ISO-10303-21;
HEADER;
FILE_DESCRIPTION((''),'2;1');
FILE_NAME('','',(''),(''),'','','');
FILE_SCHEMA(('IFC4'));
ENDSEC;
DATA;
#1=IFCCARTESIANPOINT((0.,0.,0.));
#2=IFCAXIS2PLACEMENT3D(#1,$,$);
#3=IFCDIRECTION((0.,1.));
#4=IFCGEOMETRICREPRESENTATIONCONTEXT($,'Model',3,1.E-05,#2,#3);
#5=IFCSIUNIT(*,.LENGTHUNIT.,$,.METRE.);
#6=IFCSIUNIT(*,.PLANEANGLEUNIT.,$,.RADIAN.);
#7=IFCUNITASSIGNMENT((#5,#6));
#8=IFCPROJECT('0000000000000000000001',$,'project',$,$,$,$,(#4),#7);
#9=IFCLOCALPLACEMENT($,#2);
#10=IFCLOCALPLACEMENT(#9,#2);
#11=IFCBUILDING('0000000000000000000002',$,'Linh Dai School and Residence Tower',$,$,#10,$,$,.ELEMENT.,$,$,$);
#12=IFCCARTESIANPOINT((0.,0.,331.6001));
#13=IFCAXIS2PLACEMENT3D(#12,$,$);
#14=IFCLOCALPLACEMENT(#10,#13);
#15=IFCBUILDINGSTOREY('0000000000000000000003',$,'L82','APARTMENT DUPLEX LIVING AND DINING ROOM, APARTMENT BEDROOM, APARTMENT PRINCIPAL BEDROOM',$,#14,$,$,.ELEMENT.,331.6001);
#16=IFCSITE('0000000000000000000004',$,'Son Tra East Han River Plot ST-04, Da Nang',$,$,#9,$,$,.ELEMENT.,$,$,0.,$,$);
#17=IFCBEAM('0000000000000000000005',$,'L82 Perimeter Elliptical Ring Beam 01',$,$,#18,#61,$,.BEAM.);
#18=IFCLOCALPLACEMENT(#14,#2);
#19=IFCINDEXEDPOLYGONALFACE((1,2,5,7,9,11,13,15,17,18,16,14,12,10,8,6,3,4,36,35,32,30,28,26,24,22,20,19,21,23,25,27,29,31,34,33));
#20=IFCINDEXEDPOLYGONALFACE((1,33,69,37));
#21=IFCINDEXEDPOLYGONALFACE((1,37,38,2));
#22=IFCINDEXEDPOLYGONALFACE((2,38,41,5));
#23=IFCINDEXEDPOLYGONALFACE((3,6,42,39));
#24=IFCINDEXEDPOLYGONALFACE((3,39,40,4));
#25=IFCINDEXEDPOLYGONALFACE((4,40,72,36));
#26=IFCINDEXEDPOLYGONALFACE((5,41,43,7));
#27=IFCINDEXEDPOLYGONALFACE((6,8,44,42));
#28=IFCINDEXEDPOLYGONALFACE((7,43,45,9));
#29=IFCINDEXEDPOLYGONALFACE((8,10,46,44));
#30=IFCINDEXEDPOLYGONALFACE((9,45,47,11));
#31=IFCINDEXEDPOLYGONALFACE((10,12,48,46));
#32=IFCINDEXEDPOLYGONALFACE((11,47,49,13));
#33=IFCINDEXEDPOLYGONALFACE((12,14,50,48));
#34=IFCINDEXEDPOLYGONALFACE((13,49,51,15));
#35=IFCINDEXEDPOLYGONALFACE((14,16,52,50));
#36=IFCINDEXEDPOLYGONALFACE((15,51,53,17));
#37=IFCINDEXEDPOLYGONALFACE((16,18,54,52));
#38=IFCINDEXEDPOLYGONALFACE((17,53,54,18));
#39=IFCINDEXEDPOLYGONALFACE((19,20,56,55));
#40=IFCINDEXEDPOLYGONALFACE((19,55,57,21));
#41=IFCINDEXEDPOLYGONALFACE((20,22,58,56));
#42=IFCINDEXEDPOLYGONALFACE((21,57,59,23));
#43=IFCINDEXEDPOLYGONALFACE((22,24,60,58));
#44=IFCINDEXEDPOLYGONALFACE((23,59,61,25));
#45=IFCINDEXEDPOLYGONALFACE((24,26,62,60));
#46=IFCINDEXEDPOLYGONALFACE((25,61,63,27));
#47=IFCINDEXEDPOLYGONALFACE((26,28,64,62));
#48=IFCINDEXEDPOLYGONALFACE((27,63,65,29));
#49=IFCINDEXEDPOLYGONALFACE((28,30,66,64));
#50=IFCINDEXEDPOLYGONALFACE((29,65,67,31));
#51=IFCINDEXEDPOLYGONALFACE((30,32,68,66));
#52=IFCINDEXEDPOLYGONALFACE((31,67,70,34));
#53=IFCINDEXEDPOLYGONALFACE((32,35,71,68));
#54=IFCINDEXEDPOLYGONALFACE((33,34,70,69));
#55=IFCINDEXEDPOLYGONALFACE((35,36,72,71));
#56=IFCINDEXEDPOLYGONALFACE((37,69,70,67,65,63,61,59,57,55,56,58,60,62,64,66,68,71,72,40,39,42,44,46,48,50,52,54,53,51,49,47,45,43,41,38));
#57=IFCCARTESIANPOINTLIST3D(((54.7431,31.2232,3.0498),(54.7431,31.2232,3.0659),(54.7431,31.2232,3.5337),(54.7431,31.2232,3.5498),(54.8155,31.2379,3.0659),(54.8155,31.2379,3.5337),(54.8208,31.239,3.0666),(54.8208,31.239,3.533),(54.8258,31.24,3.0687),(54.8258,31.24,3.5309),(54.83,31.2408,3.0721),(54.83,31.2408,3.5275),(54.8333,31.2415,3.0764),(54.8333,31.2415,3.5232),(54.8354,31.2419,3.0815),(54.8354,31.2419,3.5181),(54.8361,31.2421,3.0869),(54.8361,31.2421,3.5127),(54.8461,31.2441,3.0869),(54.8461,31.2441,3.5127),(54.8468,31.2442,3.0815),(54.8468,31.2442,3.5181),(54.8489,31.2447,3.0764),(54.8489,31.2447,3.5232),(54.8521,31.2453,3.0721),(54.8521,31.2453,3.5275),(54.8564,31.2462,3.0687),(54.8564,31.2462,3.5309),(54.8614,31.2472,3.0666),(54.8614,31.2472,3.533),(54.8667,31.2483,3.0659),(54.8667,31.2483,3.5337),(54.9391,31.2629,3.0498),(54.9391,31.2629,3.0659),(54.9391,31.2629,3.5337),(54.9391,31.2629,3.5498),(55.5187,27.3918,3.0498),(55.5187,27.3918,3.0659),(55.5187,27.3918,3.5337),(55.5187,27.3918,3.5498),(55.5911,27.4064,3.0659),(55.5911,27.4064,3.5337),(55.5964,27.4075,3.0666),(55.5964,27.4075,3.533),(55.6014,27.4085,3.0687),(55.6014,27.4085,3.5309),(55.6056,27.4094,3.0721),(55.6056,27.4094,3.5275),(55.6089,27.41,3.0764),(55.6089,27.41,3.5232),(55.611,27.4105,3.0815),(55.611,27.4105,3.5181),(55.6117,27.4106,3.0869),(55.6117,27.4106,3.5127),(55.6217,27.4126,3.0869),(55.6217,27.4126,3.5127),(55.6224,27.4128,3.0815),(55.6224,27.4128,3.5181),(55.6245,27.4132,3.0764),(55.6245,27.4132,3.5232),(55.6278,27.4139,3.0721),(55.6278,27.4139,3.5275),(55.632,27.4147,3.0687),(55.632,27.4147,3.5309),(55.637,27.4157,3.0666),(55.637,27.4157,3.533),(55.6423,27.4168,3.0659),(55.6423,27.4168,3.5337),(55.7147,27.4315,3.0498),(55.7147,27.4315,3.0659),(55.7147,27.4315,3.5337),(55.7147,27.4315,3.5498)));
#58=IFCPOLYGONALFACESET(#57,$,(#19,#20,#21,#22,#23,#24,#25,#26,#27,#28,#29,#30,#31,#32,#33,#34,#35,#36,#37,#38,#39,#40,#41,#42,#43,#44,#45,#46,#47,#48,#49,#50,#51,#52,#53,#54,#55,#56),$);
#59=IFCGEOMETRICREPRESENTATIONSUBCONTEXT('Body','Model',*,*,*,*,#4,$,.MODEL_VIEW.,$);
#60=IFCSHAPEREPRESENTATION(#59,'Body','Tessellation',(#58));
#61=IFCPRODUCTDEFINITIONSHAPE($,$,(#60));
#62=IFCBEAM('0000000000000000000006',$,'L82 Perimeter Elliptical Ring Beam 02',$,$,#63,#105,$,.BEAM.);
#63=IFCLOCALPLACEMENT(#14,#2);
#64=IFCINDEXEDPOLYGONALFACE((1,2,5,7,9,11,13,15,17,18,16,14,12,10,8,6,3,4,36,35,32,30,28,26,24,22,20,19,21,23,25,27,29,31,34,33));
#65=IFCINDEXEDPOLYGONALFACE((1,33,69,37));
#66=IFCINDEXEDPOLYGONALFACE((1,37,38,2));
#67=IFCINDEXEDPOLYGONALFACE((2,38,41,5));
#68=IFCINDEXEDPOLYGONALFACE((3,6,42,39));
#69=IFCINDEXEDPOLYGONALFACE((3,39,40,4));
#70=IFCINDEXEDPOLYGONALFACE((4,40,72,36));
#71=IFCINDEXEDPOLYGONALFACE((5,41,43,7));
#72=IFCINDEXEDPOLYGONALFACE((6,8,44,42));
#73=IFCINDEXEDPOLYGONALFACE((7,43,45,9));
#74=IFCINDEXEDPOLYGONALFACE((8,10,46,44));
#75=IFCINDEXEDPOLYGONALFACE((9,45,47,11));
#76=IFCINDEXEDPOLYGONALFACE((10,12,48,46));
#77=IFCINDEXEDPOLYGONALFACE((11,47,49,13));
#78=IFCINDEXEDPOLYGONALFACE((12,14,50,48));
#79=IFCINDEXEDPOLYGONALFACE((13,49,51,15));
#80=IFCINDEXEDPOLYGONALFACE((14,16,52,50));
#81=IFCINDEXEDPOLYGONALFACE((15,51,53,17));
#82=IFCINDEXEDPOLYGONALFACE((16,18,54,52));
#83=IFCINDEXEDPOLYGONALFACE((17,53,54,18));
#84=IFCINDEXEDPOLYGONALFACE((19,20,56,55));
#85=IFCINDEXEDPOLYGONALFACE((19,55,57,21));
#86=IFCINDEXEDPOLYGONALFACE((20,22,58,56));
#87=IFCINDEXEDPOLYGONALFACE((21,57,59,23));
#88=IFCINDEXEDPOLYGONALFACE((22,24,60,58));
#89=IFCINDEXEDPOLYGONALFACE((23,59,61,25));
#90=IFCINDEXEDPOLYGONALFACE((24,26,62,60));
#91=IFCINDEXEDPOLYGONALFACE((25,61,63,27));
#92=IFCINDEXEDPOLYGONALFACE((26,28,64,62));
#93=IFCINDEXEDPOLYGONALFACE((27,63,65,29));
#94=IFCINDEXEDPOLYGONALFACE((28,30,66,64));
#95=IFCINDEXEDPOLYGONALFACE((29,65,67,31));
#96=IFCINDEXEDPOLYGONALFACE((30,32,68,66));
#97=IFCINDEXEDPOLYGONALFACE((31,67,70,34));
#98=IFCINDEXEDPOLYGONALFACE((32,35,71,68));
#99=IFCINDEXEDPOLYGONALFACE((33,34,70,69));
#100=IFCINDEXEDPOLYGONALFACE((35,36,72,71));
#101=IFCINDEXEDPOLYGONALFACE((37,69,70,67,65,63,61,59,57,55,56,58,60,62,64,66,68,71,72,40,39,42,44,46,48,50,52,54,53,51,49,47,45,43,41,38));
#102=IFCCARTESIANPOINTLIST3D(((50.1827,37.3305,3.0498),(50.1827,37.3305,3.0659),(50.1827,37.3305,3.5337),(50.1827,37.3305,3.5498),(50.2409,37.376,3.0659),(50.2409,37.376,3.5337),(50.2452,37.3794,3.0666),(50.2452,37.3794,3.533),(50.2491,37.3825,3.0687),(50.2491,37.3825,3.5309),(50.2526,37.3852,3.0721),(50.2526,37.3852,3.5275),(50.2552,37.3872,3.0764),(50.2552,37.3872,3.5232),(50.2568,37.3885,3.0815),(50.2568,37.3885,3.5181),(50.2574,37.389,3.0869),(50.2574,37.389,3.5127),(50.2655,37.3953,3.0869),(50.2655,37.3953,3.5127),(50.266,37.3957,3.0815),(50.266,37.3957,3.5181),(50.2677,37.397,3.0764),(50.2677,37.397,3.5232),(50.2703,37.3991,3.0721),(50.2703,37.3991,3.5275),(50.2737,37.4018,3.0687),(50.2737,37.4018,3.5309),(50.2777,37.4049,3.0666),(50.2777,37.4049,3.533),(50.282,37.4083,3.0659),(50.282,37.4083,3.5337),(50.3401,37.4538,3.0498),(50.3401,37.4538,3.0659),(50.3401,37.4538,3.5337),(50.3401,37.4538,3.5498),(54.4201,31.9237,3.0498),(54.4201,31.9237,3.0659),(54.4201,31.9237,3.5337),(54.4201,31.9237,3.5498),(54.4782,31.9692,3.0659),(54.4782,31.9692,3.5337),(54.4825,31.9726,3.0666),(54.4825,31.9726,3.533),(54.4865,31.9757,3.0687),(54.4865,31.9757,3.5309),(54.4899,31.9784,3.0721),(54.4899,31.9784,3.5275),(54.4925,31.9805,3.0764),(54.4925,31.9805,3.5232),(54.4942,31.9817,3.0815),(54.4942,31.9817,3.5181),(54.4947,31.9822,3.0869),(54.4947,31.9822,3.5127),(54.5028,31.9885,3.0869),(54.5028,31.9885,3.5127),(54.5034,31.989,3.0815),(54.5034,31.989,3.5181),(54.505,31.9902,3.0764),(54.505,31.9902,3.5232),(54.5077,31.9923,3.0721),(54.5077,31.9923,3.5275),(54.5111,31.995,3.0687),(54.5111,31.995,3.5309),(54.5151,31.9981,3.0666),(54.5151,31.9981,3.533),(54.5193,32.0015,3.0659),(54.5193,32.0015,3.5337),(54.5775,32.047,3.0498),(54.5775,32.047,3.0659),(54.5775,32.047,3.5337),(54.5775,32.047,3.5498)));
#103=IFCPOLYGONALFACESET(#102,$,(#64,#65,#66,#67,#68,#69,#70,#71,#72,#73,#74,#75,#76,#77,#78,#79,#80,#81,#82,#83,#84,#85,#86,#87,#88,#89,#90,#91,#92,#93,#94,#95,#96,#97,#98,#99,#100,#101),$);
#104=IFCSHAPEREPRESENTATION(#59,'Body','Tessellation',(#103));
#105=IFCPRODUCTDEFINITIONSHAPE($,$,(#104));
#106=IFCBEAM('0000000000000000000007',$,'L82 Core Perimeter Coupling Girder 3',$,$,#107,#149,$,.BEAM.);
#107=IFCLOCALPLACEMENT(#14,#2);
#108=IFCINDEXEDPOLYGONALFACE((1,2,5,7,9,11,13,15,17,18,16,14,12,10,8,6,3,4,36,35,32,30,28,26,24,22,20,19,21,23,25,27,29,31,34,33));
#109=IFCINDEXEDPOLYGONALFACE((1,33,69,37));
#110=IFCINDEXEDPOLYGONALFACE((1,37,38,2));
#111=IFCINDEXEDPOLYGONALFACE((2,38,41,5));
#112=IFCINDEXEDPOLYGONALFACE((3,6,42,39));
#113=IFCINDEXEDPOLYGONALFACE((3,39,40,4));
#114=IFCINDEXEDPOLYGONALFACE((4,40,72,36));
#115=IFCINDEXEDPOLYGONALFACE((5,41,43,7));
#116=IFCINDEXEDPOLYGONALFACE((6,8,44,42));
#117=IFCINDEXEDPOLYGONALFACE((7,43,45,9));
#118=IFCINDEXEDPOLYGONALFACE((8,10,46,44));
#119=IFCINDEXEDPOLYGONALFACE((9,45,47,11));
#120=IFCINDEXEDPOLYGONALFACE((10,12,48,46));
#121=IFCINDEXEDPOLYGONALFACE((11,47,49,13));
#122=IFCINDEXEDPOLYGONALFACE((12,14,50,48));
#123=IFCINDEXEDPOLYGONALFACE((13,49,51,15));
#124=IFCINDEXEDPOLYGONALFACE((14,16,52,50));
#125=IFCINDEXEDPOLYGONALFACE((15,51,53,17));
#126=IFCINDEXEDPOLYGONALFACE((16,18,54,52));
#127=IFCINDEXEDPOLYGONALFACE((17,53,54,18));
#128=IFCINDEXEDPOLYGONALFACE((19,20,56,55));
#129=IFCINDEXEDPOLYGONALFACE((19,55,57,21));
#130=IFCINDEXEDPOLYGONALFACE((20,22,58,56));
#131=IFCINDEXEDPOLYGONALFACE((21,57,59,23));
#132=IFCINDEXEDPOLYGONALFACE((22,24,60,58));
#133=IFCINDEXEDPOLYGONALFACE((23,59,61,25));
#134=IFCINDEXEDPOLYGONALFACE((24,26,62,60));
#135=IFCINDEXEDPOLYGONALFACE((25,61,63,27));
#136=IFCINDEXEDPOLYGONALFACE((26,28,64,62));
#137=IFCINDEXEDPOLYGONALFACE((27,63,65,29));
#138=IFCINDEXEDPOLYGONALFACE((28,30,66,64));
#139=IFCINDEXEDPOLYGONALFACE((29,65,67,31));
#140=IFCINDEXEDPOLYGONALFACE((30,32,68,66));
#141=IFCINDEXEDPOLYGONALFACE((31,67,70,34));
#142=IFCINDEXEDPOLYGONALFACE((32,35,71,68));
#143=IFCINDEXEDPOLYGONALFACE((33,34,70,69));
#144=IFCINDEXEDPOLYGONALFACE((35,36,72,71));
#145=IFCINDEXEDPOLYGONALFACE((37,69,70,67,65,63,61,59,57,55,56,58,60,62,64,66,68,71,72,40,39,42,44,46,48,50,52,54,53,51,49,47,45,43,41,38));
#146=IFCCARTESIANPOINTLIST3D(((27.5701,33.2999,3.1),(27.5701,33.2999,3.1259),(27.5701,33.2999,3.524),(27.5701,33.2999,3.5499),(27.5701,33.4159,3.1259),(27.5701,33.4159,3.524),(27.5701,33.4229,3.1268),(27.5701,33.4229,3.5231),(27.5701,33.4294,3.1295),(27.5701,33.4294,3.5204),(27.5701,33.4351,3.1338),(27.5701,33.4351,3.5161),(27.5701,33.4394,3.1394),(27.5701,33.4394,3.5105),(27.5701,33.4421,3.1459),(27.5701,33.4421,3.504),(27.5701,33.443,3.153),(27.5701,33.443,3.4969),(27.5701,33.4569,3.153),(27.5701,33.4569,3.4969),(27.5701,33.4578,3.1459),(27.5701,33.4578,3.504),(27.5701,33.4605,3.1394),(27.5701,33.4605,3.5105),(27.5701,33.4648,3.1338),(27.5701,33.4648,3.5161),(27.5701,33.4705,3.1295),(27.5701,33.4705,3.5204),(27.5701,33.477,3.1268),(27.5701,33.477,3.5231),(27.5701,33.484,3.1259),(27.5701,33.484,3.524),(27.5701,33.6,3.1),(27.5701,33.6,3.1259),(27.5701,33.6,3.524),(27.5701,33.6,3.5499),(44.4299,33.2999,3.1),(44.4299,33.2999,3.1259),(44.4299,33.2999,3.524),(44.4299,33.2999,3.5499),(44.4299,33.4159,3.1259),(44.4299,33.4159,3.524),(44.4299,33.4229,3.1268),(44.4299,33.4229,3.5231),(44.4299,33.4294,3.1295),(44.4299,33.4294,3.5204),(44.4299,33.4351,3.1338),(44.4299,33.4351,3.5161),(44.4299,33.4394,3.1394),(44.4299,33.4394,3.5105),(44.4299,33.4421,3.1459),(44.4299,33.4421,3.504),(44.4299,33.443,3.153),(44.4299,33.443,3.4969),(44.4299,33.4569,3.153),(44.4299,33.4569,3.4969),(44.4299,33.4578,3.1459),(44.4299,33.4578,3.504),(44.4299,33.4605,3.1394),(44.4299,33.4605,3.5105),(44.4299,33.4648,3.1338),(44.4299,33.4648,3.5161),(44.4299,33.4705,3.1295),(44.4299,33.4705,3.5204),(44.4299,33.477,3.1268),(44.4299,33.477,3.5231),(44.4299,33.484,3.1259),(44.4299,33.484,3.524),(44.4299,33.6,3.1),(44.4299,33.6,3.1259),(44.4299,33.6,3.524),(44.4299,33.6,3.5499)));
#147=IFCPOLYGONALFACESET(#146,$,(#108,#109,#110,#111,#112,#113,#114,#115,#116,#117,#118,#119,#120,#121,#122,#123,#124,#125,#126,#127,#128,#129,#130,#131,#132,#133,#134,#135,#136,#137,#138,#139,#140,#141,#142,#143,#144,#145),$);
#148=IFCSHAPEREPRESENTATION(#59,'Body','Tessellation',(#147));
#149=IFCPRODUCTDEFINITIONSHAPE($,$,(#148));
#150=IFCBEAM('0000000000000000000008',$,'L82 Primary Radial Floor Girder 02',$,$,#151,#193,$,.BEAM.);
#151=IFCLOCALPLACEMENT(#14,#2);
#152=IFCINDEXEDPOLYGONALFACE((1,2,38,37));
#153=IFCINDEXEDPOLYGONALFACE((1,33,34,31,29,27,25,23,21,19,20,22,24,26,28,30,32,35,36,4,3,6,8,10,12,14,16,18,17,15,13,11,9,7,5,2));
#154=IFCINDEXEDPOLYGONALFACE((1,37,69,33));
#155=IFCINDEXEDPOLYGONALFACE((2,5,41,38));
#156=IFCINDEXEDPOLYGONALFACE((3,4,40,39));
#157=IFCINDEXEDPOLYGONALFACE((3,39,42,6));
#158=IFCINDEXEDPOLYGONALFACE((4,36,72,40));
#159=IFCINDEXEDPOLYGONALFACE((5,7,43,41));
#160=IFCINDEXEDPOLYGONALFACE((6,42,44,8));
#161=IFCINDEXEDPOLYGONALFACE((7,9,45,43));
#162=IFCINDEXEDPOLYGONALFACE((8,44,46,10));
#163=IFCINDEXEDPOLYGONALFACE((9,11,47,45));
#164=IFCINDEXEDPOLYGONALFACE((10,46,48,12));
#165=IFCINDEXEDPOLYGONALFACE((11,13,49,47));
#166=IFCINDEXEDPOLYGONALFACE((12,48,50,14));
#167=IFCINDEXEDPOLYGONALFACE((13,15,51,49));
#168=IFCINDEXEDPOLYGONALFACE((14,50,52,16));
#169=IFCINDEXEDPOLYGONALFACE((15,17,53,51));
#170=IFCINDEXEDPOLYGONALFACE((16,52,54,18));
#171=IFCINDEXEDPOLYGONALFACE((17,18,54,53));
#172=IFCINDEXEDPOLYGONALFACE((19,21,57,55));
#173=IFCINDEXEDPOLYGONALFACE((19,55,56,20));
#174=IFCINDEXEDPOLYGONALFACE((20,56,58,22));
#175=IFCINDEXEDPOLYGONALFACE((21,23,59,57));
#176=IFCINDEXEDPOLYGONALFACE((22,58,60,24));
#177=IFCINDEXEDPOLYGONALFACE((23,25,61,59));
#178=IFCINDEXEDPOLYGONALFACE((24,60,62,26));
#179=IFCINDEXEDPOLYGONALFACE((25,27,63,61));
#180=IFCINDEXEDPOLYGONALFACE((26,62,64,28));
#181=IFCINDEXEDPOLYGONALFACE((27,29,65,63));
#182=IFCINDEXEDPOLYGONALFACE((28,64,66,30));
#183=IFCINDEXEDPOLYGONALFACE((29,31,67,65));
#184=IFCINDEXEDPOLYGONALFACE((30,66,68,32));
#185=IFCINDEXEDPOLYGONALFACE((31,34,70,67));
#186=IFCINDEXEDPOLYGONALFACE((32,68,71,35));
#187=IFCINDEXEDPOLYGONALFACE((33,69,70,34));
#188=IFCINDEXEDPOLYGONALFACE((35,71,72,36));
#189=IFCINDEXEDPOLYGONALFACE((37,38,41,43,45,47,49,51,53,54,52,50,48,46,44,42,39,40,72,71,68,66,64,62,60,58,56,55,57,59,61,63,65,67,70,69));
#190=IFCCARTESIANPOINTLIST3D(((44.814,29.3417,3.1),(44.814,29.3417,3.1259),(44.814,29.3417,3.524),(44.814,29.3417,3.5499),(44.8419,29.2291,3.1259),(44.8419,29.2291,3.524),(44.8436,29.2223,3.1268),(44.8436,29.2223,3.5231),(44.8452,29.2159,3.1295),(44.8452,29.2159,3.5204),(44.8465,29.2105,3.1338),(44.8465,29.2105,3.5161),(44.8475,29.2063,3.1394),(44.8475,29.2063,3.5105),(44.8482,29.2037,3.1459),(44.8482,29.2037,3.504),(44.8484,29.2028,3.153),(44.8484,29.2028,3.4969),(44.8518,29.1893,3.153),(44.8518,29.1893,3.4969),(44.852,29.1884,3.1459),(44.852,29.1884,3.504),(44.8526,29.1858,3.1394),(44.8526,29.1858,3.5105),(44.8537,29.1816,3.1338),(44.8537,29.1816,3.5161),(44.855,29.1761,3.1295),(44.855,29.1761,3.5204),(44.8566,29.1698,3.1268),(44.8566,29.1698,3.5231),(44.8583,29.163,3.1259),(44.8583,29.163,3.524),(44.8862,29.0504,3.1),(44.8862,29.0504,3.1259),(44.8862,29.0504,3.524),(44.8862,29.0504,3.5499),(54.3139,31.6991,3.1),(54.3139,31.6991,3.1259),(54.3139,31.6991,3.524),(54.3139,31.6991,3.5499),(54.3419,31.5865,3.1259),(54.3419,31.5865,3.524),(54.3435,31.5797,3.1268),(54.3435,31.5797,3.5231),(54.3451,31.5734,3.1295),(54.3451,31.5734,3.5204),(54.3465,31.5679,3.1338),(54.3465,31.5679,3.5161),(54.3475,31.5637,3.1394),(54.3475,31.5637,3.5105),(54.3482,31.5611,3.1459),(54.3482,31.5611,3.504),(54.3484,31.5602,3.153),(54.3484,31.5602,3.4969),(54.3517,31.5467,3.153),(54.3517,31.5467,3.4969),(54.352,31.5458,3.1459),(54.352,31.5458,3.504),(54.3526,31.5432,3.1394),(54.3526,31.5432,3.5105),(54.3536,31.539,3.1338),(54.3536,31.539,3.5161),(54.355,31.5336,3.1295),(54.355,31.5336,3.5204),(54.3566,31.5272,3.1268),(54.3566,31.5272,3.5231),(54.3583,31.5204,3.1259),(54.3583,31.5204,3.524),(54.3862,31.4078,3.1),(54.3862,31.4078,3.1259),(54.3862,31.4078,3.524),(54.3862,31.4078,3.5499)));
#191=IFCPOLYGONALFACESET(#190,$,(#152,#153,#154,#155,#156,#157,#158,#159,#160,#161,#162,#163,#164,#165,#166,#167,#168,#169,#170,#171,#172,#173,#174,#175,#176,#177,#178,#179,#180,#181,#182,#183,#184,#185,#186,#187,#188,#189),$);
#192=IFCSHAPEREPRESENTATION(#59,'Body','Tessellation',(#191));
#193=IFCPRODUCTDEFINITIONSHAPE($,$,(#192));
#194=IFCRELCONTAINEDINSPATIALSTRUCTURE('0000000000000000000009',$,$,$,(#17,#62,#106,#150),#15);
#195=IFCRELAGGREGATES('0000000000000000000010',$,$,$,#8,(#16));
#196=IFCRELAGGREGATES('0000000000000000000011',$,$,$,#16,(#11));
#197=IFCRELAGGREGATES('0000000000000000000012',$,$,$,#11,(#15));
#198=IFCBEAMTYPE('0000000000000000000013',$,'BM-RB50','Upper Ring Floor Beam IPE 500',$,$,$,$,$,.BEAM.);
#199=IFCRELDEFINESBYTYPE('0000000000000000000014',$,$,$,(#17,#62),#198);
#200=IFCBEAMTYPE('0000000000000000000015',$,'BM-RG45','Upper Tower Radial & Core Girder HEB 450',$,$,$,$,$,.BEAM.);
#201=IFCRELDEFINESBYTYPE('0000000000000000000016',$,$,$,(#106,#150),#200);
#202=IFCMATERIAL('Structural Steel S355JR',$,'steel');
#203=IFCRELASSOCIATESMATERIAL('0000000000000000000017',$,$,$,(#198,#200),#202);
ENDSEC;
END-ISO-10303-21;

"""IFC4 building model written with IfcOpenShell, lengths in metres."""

from ifc_helpers import new_model, si_unit, direction, frame, origin, origin_2d, place, context, subcontext, project, spatial, i_section, extrude, material, material_profile, profile_set, type_object, element, save


model = new_model("IFC4")

# Units and contexts
model_context = context("Model", 3, precision=1e-05, world=origin(), true_north=direction((0.0, 1.0)))
body_context = subcontext(model_context, "Body", "Model", "MODEL_VIEW")
ifc_project = project(units=[si_unit("LENGTHUNIT", "METRE"), si_unit("PLANEANGLEUNIT", "RADIAN")], contexts=[model_context])

# Site, building, storey
site_placement = place(None, origin())
site = spatial("IfcSite", under=ifc_project, at=site_placement, Name="Son Tra East Han River Plot ST-04, Da Nang", CompositionType="ELEMENT", RefElevation=0.0)
building_placement = place(site_placement, origin())
building = spatial("IfcBuilding", under=site, at=building_placement, Name="Linh Dai School and Residence Tower", CompositionType="ELEMENT")
storey_placement = place(building_placement, frame((0.0, 0.0, 331.6001)))
storey = spatial("IfcBuildingStorey", under=building, at=storey_placement, Name="L82", Description="APARTMENT DUPLEX LIVING AND DINING ROOM, APARTMENT BEDROOM, APARTMENT PRINCIPAL BEDROOM", CompositionType="ELEMENT", Elevation=331.6001)

# Shared definitions
ifc_material_1 = material(Name="Structural Steel S355JR", Category="steel")

# Beams
ifc_material_profile_1 = material_profile(ifc_material_1, i_section(OverallWidth=0.2, OverallDepth=0.5, WebThickness=0.0103, FlangeThickness=0.0161, FilletRadius=0.021, at=origin_2d()), Name="IPE 500")
ifc_profile_set_1 = profile_set([ifc_material_profile_1], Name="Structural Steel S355JR")
beam_type_1 = type_object("IfcBeamType", Name="BM-RB50", Description="Upper Ring Floor Beam IPE 500", PredefinedType="BEAM", material=ifc_profile_set_1)
beam_1_placement = place(storey_placement, frame((55.6167, 27.4116, 3.2998), z_axis=(-0.19841, 0.980119, 0.0), x_axis=(-0.980119, -0.19841, 0.0)))
element("IfcBeam", 1, at=beam_1_placement, inside=storey, type_object=beam_type_1, Name="L82 Perimeter Elliptical Ring Beam 01", PredefinedType="BEAM", context=body_context, shape_type="SweptSolid", body=[
    extrude(i_section(OverallWidth=0.2, OverallDepth=0.5, WebThickness=0.0103, FlangeThickness=0.0161, FilletRadius=0.021, at=origin_2d()), origin(), (0.0, 0.0, 1.0), 3.9092),
])
beam_2_placement = place(storey_placement, frame((54.4988, 31.9854, 3.2998), z_axis=(-0.616845, 0.787085, 0.0), x_axis=(-0.787085, -0.616845, 0.0)))
element("IfcBeam", 2, at=beam_2_placement, inside=storey, type_object=beam_type_1, Name="L82 Perimeter Elliptical Ring Beam 02", PredefinedType="BEAM", context=body_context, shape_type="SweptSolid", body=[
    extrude(i_section(OverallWidth=0.2, OverallDepth=0.5, WebThickness=0.0103, FlangeThickness=0.0161, FilletRadius=0.021, at=origin_2d()), origin(), (0.0, 0.0, 1.0), 6.8694),
])
ifc_material_profile_2 = material_profile(ifc_material_1, i_section(OverallWidth=0.3, OverallDepth=0.45, WebThickness=0.0139, FlangeThickness=0.0259, FilletRadius=0.0271, at=origin_2d()), Name="HEB 450")
ifc_profile_set_2 = profile_set([ifc_material_profile_2], Name="Structural Steel S355JR")
beam_type_2 = type_object("IfcBeamType", Name="BM-RG45", Description="Upper Tower Radial & Core Girder HEB 450", PredefinedType="BEAM", material=ifc_profile_set_2)
beam_3_placement = place(storey_placement, frame((44.4299, 33.45, 3.325), z_axis=(-1.0, 0.0, 0.0), x_axis=(0.0, -1.0, 0.0)))
element("IfcBeam", 3, at=beam_3_placement, inside=storey, type_object=beam_type_2, Name="L82 Core Perimeter Coupling Girder 3", PredefinedType="BEAM", context=body_context, shape_type="SweptSolid", body=[
    extrude(i_section(OverallWidth=0.3, OverallDepth=0.45, WebThickness=0.0139, FlangeThickness=0.0259, FilletRadius=0.0271, at=origin_2d()), origin(), (0.0, 0.0, 1.0), 16.8599),
])
beam_4_placement = place(storey_placement, frame((44.8501, 29.196, 3.325), z_axis=(0.970564, 0.240845, 0.0), x_axis=(-0.240845, 0.970564, 0.0)))
element("IfcBeam", 4, at=beam_4_placement, inside=storey, type_object=beam_type_2, Name="L82 Primary Radial Floor Girder 02", PredefinedType="BEAM", context=body_context, shape_type="SweptSolid", body=[
    extrude(i_section(OverallWidth=0.3, OverallDepth=0.45, WebThickness=0.0139, FlangeThickness=0.0259, FilletRadius=0.0271, at=origin_2d()), origin(), (0.0, 0.0, 1.0), 9.7881),
])

save(model, "model.ifc")
